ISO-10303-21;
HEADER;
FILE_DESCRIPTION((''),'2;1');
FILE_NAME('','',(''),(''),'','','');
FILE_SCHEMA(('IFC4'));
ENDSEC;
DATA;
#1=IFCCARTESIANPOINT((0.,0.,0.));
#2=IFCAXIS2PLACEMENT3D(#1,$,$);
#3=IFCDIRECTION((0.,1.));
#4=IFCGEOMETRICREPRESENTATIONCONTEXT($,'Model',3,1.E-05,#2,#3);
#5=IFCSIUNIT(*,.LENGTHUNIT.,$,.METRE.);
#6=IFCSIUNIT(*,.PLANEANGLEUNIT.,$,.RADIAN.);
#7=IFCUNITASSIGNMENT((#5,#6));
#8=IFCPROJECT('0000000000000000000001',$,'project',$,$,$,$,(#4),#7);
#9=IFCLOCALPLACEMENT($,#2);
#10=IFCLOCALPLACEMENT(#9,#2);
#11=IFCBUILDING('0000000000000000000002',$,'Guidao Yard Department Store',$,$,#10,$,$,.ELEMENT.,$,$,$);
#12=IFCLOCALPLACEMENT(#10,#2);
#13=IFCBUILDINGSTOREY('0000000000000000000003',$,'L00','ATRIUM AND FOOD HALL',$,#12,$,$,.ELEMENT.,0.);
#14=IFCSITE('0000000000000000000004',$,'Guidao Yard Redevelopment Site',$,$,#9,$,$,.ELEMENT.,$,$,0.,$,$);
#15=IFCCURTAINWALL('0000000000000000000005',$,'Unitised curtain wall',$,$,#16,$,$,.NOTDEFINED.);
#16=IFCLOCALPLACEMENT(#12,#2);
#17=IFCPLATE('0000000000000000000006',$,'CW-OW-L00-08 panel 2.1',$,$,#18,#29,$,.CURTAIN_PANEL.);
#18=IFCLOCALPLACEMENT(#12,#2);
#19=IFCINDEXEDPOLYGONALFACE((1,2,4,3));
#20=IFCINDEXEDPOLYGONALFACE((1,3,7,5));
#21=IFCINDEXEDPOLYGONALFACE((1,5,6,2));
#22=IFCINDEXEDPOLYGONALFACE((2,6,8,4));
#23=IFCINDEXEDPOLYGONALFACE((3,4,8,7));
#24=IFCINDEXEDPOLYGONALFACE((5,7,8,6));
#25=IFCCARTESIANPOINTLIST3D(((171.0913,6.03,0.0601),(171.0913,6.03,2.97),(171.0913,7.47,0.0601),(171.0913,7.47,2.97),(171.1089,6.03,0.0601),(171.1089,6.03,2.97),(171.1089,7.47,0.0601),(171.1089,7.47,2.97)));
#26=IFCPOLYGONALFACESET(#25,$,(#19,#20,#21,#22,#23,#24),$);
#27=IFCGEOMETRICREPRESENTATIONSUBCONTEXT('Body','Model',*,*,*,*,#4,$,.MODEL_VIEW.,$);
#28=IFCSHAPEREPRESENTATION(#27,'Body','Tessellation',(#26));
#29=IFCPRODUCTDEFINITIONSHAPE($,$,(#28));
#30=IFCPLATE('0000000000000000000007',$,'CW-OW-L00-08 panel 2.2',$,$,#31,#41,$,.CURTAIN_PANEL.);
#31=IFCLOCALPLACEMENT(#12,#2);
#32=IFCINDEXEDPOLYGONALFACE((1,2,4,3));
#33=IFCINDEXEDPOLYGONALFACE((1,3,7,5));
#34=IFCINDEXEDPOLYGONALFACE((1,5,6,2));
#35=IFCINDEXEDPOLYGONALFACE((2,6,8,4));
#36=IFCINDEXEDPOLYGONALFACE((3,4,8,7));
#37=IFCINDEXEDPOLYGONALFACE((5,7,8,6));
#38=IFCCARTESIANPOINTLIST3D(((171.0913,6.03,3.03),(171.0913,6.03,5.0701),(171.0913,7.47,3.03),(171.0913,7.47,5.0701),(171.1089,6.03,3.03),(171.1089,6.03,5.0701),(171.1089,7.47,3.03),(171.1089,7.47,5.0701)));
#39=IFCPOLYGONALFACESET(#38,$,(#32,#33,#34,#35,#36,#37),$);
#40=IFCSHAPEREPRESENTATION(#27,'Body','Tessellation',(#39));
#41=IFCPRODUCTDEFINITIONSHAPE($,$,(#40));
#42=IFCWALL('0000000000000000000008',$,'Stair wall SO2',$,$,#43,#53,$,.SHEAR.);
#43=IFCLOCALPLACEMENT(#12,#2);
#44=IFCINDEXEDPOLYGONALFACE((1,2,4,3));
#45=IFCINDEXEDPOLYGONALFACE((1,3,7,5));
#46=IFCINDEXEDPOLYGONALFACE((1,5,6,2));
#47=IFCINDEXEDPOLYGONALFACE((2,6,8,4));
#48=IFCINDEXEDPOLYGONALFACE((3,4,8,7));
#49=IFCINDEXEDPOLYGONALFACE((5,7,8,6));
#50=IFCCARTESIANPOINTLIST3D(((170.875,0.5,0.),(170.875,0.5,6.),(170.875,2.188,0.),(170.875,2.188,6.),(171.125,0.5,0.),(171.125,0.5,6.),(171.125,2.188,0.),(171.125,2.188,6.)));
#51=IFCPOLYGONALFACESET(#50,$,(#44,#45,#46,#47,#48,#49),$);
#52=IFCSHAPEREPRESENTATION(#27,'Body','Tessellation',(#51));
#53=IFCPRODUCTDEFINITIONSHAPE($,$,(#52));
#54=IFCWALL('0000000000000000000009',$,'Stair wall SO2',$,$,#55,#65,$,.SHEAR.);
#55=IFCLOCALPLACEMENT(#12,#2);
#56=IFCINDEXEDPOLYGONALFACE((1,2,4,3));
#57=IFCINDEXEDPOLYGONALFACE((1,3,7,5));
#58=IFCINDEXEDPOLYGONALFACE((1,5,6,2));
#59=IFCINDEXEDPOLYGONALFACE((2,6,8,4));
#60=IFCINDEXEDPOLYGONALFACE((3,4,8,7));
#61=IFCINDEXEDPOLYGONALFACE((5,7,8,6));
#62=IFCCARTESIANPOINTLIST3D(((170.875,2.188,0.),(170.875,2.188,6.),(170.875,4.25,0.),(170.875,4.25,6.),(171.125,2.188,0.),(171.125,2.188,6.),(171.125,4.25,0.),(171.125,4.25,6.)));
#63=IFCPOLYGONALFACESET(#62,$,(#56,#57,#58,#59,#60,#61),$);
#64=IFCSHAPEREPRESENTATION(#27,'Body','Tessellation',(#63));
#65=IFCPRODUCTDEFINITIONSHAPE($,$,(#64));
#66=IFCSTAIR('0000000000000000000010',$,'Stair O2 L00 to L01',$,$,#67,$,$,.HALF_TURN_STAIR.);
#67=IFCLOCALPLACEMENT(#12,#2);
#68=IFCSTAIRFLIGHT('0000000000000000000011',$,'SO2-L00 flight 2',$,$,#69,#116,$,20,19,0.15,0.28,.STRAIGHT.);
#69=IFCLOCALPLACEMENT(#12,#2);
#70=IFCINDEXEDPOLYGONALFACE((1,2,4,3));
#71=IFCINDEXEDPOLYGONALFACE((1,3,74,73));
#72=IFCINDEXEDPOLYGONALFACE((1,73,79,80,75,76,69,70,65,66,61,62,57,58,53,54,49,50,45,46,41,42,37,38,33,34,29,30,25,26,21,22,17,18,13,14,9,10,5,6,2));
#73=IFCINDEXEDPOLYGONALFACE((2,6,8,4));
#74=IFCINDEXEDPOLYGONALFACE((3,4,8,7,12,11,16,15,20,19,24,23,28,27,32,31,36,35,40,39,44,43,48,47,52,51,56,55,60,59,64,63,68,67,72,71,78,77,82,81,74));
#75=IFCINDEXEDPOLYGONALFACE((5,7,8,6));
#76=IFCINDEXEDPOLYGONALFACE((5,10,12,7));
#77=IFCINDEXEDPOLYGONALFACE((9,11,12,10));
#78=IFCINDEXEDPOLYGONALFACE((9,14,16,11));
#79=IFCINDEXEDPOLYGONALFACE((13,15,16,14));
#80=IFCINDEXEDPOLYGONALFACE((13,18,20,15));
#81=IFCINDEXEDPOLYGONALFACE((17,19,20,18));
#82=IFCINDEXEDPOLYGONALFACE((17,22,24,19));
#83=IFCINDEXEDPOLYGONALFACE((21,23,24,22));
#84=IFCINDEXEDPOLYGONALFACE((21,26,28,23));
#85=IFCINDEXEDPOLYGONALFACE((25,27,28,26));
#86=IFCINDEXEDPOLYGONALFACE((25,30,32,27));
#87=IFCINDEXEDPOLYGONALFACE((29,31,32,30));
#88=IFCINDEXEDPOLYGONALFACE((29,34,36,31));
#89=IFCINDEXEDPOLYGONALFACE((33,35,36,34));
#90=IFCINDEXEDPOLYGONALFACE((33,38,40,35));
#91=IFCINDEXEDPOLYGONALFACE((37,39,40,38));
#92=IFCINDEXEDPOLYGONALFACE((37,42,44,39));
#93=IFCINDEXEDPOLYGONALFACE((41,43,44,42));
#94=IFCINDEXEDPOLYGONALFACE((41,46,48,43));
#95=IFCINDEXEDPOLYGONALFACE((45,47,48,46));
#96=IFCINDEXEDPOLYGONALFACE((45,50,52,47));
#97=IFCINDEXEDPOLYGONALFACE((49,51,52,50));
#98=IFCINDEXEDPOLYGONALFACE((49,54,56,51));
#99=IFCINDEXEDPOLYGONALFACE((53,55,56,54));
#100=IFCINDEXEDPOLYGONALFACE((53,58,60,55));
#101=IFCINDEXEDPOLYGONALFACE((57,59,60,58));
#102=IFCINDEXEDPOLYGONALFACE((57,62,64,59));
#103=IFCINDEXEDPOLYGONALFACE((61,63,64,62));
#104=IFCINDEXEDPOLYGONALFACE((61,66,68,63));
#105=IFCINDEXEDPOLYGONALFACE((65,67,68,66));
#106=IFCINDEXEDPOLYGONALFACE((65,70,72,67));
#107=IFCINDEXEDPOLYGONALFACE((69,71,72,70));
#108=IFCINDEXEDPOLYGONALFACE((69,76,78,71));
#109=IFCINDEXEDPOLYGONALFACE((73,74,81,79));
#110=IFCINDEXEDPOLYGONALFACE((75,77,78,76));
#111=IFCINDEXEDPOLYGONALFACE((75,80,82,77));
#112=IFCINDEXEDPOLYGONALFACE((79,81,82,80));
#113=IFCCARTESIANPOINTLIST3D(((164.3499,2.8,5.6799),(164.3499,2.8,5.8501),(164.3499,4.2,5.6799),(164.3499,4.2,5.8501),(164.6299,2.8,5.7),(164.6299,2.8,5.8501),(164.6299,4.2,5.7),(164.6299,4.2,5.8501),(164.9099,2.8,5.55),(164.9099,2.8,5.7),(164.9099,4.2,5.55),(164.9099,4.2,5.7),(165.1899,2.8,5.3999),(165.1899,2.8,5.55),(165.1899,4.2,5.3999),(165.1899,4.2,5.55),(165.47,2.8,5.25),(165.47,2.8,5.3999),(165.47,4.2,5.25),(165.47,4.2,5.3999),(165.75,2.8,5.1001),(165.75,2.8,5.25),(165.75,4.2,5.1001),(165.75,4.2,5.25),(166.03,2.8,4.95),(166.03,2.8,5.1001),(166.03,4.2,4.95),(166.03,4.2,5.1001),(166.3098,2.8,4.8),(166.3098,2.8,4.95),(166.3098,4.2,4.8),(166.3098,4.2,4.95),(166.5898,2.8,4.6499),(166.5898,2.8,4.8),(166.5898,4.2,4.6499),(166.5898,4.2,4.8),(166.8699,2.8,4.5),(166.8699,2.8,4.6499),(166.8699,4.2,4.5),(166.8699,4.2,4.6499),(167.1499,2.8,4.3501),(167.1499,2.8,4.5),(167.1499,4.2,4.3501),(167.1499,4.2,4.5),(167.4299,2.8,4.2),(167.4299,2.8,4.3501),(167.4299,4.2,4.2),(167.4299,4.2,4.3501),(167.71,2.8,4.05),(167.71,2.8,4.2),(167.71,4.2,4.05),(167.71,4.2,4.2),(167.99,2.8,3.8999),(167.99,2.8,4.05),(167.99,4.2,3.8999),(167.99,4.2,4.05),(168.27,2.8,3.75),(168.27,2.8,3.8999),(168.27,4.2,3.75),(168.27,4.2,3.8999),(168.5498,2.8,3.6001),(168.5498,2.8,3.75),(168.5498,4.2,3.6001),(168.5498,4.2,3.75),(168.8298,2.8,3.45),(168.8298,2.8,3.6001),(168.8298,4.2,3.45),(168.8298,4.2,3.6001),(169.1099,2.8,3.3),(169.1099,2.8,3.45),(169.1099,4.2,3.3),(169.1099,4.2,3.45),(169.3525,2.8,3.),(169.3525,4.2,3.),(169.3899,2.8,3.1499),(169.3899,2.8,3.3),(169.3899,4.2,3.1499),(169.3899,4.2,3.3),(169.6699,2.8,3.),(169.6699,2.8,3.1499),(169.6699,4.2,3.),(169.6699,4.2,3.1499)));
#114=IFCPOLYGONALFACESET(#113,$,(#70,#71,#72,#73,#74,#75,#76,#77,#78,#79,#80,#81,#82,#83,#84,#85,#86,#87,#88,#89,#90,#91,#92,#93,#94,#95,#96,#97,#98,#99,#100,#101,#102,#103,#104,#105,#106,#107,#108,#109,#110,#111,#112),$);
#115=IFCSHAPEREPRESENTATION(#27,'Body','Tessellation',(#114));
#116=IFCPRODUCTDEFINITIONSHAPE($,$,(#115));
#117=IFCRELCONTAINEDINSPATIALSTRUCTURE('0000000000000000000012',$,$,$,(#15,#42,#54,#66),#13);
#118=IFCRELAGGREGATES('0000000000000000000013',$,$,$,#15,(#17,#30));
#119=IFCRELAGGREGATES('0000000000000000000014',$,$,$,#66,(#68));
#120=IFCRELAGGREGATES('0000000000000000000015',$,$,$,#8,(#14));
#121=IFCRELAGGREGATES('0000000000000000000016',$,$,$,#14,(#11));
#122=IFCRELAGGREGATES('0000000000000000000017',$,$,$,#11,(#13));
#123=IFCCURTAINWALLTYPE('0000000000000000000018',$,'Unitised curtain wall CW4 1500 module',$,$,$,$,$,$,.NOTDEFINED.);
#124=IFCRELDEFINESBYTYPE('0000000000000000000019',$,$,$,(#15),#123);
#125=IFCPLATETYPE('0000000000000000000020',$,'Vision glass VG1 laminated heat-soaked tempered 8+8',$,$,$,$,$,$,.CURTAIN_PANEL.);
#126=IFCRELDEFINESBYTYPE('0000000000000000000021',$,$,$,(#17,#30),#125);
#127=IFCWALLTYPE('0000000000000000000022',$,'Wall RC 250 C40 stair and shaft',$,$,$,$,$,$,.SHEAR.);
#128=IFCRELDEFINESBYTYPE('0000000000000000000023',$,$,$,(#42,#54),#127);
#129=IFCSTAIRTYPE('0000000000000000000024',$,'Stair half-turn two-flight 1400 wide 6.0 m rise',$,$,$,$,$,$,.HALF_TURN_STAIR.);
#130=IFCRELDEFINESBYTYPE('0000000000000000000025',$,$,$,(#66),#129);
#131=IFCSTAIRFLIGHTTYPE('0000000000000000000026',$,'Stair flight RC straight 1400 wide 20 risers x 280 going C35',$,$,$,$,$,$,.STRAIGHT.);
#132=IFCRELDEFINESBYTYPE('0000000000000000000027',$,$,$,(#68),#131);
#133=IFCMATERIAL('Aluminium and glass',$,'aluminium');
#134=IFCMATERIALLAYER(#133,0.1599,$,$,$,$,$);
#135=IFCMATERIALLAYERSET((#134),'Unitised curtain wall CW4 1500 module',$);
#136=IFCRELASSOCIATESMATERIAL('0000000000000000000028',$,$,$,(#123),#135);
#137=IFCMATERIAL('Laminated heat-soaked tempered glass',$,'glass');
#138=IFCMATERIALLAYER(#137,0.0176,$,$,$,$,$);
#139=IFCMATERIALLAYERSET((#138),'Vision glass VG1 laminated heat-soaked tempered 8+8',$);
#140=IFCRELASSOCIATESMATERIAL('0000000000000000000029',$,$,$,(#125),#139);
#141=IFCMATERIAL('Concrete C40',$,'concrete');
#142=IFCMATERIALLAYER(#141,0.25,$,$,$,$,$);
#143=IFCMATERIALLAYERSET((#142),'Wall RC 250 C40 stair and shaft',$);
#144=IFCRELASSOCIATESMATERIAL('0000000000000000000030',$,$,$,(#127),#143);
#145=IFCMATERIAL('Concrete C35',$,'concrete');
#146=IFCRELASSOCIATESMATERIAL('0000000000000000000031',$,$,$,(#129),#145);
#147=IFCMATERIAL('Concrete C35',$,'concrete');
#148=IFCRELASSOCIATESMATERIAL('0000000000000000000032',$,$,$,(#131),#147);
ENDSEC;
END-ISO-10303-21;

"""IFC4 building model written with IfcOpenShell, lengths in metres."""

from ifc_helpers import new_model, si_unit, direction, frame, frame_2d, origin, origin_2d, place, context, subcontext, project, spatial, polyline, rectangle, outline, extrude, material, layer, layer_set, type_object, element, aggregate, save


model = new_model("IFC4")

# Units and contexts
model_context = context("Model", 3, precision=1e-05, world=origin(), true_north=direction((0.0, 1.0)))
body_context = subcontext(model_context, "Body", "Model", "MODEL_VIEW")
ifc_project = project(units=[si_unit("LENGTHUNIT", "METRE"), si_unit("PLANEANGLEUNIT", "RADIAN")], contexts=[model_context])

# Site, building, storey
site_placement = place(None, origin())
site = spatial("IfcSite", under=ifc_project, at=site_placement, Name="Guidao Yard Redevelopment Site", CompositionType="ELEMENT", RefElevation=0.0)
building_placement = place(site_placement, origin())
building = spatial("IfcBuilding", under=site, at=building_placement, Name="Guidao Yard Department Store", CompositionType="ELEMENT")
storey_placement = place(building_placement, origin())
storey = spatial("IfcBuildingStorey", under=building, at=storey_placement, Name="L00", Description="ATRIUM AND FOOD HALL", CompositionType="ELEMENT", Elevation=0.0)

# Curtain wall
ifc_material_1 = material(Name="Aluminium and glass", Category="aluminium")
ifc_layer_1 = layer(ifc_material_1, 0.1599)
ifc_layer_set_1 = layer_set([ifc_layer_1], Name="Unitised curtain wall CW4 1500 module")
curtain_wall_type = type_object("IfcCurtainWallType", Name="Unitised curtain wall CW4 1500 module", PredefinedType="NOTDEFINED", material=ifc_layer_set_1)
curtain_wall_placement = place(storey_placement, origin())
curtain_wall = element("IfcCurtainWall", 1, at=curtain_wall_placement, inside=storey, type_object=curtain_wall_type, Name="Unitised curtain wall", PredefinedType="NOTDEFINED")

# Plates
ifc_material_2 = material(Name="Laminated heat-soaked tempered glass", Category="glass")
ifc_layer_2 = layer(ifc_material_2, 0.0176)
ifc_layer_set_2 = layer_set([ifc_layer_2], Name="Vision glass VG1 laminated heat-soaked tempered 8+8")
plate_type_1 = type_object("IfcPlateType", Name="Vision glass VG1 laminated heat-soaked tempered 8+8", PredefinedType="CURTAIN_PANEL", material=ifc_layer_set_2)
plate_1_placement = place(storey_placement, frame((171.1001, 6.75, 0.0601), z_axis=(0.0, 0.0, 1.0), x_axis=(0.0, -1.0, 0.0)))
plate_1 = element("IfcPlate", 2, at=plate_1_placement, type_object=plate_type_1, Name="CW-OW-L00-08 panel 2.1", PredefinedType="CURTAIN_PANEL", context=body_context, shape_type="SweptSolid", body=[
    extrude(rectangle(XDim=1.4399, YDim=0.0176, at=origin_2d()), origin(), (0.0, 0.0, 1.0), 2.9099),
])
plate_2_placement = place(storey_placement, frame((171.1001, 6.75, 3.03), z_axis=(0.0, 0.0, 1.0), x_axis=(0.0, -1.0, 0.0)))
plate_2 = element("IfcPlate", 3, at=plate_2_placement, type_object=plate_type_1, Name="CW-OW-L00-08 panel 2.2", PredefinedType="CURTAIN_PANEL", context=body_context, shape_type="SweptSolid", body=[
    extrude(rectangle(XDim=1.4399, YDim=0.0176, at=origin_2d()), origin(), (0.0, 0.0, 1.0), 2.04),
])
aggregate(curtain_wall, [plate_1, plate_2])

# Walls
ifc_material_3 = material(Name="Concrete C40", Category="concrete")
ifc_layer_3 = layer(ifc_material_3, 0.25)
ifc_layer_set_3 = layer_set([ifc_layer_3], Name="Wall RC 250 C40 stair and shaft")
wall_type = type_object("IfcWallType", Name="Wall RC 250 C40 stair and shaft", PredefinedType="SHEAR", material=ifc_layer_set_3)
wall_1_placement = place(storey_placement, frame((171.0, 0.5, 0.0), z_axis=(0.0, 0.0, 1.0), x_axis=(0.0, 1.0, 0.0)))
element("IfcWall", 4, at=wall_1_placement, inside=storey, type_object=wall_type, Name="Stair wall SO2", PredefinedType="SHEAR", context=body_context, shape_type="SweptSolid", body=[
    extrude(rectangle(XDim=1.688, YDim=0.25, at=frame_2d((0.844, 0.0))), origin(), (0.0, 0.0, 1.0), 6.0),
])
wall_2_placement = place(storey_placement, frame((171.0, 2.188, 0.0), z_axis=(0.0, 0.0, 1.0), x_axis=(0.0, 1.0, 0.0)))
element("IfcWall", 5, at=wall_2_placement, inside=storey, type_object=wall_type, Name="Stair wall SO2", PredefinedType="SHEAR", context=body_context, shape_type="SweptSolid", body=[
    extrude(rectangle(XDim=2.062, YDim=0.25, at=frame_2d((1.031, 0.0))), origin(), (0.0, 0.0, 1.0), 6.0),
])

# Stair, stair flight
ifc_material_4 = material(Name="Concrete C35", Category="concrete")
stair_type = type_object("IfcStairType", Name="Stair half-turn two-flight 1400 wide 6.0 m rise", PredefinedType="HALF_TURN_STAIR", material=ifc_material_4)
stair_placement = place(storey_placement, origin())
stair = element("IfcStair", 6, at=stair_placement, inside=storey, type_object=stair_type, Name="Stair O2 L00 to L01", PredefinedType="HALF_TURN_STAIR")
ifc_material_5 = material(Name="Concrete C35", Category="concrete")
stair_flight_type = type_object("IfcStairFlightType", Name="Stair flight RC straight 1400 wide 20 risers x 280 going C35", PredefinedType="STRAIGHT", material=ifc_material_5)
stair_flight_placement = place(storey_placement, frame((169.6699, 3.5, 3.0), z_axis=(0.0, 0.0, 1.0), x_axis=(-1.0, 0.0, 0.0)))
stair_flight = element("IfcStairFlight", 7, at=stair_flight_placement, type_object=stair_flight_type, Name="SO2-L00 flight 2", NumberOfRisers=20, NumberOfTreads=19, PredefinedType="STRAIGHT", RiserHeight=0.15, TreadLength=0.28, context=body_context, shape_type="SweptSolid", body=[
    extrude(outline(polyline([(0.0, 0.0), (0.0, 0.1499), (0.28, 0.1499), (0.28, 0.3), (0.5601, 0.3), (0.5601, 0.45), (0.8401, 0.45), (0.8401, 0.6001), (1.1201, 0.6001), (1.1201, 0.75), (1.3999, 0.75), (1.3999, 0.8999), (1.6799, 0.8999), (1.6799, 1.05), (1.96, 1.05), (1.96, 1.2), (2.24, 1.2), (2.24, 1.3501), (2.52, 1.3501), (2.52, 1.5), (2.8, 1.5), (2.8, 1.6499), (3.0801, 1.6499), (3.0801, 1.8), (3.3601, 1.8), (3.3601, 1.95), (3.6399, 1.95), (3.6399, 2.1001), (3.9199, 2.1001), (3.9199, 2.25), (4.2, 2.25), (4.2, 2.3999), (4.48, 2.3999), (4.48, 2.55), (4.76, 2.55), (4.76, 2.7), (5.04, 2.7), (5.04, 2.8501), (5.3201, 2.8501), (5.3201, 3.0), (5.3201, 2.6799), (0.3174, 0.0), (0.0, 0.0)])), frame((0.0, 0.7, 0.0), z_axis=(0.0, -1.0, 0.0), x_axis=(1.0, 0.0, 0.0)), (0.0, 0.0, 1.0), 1.3999),
])
aggregate(stair, [stair_flight])

save(model, "model.ifc")
